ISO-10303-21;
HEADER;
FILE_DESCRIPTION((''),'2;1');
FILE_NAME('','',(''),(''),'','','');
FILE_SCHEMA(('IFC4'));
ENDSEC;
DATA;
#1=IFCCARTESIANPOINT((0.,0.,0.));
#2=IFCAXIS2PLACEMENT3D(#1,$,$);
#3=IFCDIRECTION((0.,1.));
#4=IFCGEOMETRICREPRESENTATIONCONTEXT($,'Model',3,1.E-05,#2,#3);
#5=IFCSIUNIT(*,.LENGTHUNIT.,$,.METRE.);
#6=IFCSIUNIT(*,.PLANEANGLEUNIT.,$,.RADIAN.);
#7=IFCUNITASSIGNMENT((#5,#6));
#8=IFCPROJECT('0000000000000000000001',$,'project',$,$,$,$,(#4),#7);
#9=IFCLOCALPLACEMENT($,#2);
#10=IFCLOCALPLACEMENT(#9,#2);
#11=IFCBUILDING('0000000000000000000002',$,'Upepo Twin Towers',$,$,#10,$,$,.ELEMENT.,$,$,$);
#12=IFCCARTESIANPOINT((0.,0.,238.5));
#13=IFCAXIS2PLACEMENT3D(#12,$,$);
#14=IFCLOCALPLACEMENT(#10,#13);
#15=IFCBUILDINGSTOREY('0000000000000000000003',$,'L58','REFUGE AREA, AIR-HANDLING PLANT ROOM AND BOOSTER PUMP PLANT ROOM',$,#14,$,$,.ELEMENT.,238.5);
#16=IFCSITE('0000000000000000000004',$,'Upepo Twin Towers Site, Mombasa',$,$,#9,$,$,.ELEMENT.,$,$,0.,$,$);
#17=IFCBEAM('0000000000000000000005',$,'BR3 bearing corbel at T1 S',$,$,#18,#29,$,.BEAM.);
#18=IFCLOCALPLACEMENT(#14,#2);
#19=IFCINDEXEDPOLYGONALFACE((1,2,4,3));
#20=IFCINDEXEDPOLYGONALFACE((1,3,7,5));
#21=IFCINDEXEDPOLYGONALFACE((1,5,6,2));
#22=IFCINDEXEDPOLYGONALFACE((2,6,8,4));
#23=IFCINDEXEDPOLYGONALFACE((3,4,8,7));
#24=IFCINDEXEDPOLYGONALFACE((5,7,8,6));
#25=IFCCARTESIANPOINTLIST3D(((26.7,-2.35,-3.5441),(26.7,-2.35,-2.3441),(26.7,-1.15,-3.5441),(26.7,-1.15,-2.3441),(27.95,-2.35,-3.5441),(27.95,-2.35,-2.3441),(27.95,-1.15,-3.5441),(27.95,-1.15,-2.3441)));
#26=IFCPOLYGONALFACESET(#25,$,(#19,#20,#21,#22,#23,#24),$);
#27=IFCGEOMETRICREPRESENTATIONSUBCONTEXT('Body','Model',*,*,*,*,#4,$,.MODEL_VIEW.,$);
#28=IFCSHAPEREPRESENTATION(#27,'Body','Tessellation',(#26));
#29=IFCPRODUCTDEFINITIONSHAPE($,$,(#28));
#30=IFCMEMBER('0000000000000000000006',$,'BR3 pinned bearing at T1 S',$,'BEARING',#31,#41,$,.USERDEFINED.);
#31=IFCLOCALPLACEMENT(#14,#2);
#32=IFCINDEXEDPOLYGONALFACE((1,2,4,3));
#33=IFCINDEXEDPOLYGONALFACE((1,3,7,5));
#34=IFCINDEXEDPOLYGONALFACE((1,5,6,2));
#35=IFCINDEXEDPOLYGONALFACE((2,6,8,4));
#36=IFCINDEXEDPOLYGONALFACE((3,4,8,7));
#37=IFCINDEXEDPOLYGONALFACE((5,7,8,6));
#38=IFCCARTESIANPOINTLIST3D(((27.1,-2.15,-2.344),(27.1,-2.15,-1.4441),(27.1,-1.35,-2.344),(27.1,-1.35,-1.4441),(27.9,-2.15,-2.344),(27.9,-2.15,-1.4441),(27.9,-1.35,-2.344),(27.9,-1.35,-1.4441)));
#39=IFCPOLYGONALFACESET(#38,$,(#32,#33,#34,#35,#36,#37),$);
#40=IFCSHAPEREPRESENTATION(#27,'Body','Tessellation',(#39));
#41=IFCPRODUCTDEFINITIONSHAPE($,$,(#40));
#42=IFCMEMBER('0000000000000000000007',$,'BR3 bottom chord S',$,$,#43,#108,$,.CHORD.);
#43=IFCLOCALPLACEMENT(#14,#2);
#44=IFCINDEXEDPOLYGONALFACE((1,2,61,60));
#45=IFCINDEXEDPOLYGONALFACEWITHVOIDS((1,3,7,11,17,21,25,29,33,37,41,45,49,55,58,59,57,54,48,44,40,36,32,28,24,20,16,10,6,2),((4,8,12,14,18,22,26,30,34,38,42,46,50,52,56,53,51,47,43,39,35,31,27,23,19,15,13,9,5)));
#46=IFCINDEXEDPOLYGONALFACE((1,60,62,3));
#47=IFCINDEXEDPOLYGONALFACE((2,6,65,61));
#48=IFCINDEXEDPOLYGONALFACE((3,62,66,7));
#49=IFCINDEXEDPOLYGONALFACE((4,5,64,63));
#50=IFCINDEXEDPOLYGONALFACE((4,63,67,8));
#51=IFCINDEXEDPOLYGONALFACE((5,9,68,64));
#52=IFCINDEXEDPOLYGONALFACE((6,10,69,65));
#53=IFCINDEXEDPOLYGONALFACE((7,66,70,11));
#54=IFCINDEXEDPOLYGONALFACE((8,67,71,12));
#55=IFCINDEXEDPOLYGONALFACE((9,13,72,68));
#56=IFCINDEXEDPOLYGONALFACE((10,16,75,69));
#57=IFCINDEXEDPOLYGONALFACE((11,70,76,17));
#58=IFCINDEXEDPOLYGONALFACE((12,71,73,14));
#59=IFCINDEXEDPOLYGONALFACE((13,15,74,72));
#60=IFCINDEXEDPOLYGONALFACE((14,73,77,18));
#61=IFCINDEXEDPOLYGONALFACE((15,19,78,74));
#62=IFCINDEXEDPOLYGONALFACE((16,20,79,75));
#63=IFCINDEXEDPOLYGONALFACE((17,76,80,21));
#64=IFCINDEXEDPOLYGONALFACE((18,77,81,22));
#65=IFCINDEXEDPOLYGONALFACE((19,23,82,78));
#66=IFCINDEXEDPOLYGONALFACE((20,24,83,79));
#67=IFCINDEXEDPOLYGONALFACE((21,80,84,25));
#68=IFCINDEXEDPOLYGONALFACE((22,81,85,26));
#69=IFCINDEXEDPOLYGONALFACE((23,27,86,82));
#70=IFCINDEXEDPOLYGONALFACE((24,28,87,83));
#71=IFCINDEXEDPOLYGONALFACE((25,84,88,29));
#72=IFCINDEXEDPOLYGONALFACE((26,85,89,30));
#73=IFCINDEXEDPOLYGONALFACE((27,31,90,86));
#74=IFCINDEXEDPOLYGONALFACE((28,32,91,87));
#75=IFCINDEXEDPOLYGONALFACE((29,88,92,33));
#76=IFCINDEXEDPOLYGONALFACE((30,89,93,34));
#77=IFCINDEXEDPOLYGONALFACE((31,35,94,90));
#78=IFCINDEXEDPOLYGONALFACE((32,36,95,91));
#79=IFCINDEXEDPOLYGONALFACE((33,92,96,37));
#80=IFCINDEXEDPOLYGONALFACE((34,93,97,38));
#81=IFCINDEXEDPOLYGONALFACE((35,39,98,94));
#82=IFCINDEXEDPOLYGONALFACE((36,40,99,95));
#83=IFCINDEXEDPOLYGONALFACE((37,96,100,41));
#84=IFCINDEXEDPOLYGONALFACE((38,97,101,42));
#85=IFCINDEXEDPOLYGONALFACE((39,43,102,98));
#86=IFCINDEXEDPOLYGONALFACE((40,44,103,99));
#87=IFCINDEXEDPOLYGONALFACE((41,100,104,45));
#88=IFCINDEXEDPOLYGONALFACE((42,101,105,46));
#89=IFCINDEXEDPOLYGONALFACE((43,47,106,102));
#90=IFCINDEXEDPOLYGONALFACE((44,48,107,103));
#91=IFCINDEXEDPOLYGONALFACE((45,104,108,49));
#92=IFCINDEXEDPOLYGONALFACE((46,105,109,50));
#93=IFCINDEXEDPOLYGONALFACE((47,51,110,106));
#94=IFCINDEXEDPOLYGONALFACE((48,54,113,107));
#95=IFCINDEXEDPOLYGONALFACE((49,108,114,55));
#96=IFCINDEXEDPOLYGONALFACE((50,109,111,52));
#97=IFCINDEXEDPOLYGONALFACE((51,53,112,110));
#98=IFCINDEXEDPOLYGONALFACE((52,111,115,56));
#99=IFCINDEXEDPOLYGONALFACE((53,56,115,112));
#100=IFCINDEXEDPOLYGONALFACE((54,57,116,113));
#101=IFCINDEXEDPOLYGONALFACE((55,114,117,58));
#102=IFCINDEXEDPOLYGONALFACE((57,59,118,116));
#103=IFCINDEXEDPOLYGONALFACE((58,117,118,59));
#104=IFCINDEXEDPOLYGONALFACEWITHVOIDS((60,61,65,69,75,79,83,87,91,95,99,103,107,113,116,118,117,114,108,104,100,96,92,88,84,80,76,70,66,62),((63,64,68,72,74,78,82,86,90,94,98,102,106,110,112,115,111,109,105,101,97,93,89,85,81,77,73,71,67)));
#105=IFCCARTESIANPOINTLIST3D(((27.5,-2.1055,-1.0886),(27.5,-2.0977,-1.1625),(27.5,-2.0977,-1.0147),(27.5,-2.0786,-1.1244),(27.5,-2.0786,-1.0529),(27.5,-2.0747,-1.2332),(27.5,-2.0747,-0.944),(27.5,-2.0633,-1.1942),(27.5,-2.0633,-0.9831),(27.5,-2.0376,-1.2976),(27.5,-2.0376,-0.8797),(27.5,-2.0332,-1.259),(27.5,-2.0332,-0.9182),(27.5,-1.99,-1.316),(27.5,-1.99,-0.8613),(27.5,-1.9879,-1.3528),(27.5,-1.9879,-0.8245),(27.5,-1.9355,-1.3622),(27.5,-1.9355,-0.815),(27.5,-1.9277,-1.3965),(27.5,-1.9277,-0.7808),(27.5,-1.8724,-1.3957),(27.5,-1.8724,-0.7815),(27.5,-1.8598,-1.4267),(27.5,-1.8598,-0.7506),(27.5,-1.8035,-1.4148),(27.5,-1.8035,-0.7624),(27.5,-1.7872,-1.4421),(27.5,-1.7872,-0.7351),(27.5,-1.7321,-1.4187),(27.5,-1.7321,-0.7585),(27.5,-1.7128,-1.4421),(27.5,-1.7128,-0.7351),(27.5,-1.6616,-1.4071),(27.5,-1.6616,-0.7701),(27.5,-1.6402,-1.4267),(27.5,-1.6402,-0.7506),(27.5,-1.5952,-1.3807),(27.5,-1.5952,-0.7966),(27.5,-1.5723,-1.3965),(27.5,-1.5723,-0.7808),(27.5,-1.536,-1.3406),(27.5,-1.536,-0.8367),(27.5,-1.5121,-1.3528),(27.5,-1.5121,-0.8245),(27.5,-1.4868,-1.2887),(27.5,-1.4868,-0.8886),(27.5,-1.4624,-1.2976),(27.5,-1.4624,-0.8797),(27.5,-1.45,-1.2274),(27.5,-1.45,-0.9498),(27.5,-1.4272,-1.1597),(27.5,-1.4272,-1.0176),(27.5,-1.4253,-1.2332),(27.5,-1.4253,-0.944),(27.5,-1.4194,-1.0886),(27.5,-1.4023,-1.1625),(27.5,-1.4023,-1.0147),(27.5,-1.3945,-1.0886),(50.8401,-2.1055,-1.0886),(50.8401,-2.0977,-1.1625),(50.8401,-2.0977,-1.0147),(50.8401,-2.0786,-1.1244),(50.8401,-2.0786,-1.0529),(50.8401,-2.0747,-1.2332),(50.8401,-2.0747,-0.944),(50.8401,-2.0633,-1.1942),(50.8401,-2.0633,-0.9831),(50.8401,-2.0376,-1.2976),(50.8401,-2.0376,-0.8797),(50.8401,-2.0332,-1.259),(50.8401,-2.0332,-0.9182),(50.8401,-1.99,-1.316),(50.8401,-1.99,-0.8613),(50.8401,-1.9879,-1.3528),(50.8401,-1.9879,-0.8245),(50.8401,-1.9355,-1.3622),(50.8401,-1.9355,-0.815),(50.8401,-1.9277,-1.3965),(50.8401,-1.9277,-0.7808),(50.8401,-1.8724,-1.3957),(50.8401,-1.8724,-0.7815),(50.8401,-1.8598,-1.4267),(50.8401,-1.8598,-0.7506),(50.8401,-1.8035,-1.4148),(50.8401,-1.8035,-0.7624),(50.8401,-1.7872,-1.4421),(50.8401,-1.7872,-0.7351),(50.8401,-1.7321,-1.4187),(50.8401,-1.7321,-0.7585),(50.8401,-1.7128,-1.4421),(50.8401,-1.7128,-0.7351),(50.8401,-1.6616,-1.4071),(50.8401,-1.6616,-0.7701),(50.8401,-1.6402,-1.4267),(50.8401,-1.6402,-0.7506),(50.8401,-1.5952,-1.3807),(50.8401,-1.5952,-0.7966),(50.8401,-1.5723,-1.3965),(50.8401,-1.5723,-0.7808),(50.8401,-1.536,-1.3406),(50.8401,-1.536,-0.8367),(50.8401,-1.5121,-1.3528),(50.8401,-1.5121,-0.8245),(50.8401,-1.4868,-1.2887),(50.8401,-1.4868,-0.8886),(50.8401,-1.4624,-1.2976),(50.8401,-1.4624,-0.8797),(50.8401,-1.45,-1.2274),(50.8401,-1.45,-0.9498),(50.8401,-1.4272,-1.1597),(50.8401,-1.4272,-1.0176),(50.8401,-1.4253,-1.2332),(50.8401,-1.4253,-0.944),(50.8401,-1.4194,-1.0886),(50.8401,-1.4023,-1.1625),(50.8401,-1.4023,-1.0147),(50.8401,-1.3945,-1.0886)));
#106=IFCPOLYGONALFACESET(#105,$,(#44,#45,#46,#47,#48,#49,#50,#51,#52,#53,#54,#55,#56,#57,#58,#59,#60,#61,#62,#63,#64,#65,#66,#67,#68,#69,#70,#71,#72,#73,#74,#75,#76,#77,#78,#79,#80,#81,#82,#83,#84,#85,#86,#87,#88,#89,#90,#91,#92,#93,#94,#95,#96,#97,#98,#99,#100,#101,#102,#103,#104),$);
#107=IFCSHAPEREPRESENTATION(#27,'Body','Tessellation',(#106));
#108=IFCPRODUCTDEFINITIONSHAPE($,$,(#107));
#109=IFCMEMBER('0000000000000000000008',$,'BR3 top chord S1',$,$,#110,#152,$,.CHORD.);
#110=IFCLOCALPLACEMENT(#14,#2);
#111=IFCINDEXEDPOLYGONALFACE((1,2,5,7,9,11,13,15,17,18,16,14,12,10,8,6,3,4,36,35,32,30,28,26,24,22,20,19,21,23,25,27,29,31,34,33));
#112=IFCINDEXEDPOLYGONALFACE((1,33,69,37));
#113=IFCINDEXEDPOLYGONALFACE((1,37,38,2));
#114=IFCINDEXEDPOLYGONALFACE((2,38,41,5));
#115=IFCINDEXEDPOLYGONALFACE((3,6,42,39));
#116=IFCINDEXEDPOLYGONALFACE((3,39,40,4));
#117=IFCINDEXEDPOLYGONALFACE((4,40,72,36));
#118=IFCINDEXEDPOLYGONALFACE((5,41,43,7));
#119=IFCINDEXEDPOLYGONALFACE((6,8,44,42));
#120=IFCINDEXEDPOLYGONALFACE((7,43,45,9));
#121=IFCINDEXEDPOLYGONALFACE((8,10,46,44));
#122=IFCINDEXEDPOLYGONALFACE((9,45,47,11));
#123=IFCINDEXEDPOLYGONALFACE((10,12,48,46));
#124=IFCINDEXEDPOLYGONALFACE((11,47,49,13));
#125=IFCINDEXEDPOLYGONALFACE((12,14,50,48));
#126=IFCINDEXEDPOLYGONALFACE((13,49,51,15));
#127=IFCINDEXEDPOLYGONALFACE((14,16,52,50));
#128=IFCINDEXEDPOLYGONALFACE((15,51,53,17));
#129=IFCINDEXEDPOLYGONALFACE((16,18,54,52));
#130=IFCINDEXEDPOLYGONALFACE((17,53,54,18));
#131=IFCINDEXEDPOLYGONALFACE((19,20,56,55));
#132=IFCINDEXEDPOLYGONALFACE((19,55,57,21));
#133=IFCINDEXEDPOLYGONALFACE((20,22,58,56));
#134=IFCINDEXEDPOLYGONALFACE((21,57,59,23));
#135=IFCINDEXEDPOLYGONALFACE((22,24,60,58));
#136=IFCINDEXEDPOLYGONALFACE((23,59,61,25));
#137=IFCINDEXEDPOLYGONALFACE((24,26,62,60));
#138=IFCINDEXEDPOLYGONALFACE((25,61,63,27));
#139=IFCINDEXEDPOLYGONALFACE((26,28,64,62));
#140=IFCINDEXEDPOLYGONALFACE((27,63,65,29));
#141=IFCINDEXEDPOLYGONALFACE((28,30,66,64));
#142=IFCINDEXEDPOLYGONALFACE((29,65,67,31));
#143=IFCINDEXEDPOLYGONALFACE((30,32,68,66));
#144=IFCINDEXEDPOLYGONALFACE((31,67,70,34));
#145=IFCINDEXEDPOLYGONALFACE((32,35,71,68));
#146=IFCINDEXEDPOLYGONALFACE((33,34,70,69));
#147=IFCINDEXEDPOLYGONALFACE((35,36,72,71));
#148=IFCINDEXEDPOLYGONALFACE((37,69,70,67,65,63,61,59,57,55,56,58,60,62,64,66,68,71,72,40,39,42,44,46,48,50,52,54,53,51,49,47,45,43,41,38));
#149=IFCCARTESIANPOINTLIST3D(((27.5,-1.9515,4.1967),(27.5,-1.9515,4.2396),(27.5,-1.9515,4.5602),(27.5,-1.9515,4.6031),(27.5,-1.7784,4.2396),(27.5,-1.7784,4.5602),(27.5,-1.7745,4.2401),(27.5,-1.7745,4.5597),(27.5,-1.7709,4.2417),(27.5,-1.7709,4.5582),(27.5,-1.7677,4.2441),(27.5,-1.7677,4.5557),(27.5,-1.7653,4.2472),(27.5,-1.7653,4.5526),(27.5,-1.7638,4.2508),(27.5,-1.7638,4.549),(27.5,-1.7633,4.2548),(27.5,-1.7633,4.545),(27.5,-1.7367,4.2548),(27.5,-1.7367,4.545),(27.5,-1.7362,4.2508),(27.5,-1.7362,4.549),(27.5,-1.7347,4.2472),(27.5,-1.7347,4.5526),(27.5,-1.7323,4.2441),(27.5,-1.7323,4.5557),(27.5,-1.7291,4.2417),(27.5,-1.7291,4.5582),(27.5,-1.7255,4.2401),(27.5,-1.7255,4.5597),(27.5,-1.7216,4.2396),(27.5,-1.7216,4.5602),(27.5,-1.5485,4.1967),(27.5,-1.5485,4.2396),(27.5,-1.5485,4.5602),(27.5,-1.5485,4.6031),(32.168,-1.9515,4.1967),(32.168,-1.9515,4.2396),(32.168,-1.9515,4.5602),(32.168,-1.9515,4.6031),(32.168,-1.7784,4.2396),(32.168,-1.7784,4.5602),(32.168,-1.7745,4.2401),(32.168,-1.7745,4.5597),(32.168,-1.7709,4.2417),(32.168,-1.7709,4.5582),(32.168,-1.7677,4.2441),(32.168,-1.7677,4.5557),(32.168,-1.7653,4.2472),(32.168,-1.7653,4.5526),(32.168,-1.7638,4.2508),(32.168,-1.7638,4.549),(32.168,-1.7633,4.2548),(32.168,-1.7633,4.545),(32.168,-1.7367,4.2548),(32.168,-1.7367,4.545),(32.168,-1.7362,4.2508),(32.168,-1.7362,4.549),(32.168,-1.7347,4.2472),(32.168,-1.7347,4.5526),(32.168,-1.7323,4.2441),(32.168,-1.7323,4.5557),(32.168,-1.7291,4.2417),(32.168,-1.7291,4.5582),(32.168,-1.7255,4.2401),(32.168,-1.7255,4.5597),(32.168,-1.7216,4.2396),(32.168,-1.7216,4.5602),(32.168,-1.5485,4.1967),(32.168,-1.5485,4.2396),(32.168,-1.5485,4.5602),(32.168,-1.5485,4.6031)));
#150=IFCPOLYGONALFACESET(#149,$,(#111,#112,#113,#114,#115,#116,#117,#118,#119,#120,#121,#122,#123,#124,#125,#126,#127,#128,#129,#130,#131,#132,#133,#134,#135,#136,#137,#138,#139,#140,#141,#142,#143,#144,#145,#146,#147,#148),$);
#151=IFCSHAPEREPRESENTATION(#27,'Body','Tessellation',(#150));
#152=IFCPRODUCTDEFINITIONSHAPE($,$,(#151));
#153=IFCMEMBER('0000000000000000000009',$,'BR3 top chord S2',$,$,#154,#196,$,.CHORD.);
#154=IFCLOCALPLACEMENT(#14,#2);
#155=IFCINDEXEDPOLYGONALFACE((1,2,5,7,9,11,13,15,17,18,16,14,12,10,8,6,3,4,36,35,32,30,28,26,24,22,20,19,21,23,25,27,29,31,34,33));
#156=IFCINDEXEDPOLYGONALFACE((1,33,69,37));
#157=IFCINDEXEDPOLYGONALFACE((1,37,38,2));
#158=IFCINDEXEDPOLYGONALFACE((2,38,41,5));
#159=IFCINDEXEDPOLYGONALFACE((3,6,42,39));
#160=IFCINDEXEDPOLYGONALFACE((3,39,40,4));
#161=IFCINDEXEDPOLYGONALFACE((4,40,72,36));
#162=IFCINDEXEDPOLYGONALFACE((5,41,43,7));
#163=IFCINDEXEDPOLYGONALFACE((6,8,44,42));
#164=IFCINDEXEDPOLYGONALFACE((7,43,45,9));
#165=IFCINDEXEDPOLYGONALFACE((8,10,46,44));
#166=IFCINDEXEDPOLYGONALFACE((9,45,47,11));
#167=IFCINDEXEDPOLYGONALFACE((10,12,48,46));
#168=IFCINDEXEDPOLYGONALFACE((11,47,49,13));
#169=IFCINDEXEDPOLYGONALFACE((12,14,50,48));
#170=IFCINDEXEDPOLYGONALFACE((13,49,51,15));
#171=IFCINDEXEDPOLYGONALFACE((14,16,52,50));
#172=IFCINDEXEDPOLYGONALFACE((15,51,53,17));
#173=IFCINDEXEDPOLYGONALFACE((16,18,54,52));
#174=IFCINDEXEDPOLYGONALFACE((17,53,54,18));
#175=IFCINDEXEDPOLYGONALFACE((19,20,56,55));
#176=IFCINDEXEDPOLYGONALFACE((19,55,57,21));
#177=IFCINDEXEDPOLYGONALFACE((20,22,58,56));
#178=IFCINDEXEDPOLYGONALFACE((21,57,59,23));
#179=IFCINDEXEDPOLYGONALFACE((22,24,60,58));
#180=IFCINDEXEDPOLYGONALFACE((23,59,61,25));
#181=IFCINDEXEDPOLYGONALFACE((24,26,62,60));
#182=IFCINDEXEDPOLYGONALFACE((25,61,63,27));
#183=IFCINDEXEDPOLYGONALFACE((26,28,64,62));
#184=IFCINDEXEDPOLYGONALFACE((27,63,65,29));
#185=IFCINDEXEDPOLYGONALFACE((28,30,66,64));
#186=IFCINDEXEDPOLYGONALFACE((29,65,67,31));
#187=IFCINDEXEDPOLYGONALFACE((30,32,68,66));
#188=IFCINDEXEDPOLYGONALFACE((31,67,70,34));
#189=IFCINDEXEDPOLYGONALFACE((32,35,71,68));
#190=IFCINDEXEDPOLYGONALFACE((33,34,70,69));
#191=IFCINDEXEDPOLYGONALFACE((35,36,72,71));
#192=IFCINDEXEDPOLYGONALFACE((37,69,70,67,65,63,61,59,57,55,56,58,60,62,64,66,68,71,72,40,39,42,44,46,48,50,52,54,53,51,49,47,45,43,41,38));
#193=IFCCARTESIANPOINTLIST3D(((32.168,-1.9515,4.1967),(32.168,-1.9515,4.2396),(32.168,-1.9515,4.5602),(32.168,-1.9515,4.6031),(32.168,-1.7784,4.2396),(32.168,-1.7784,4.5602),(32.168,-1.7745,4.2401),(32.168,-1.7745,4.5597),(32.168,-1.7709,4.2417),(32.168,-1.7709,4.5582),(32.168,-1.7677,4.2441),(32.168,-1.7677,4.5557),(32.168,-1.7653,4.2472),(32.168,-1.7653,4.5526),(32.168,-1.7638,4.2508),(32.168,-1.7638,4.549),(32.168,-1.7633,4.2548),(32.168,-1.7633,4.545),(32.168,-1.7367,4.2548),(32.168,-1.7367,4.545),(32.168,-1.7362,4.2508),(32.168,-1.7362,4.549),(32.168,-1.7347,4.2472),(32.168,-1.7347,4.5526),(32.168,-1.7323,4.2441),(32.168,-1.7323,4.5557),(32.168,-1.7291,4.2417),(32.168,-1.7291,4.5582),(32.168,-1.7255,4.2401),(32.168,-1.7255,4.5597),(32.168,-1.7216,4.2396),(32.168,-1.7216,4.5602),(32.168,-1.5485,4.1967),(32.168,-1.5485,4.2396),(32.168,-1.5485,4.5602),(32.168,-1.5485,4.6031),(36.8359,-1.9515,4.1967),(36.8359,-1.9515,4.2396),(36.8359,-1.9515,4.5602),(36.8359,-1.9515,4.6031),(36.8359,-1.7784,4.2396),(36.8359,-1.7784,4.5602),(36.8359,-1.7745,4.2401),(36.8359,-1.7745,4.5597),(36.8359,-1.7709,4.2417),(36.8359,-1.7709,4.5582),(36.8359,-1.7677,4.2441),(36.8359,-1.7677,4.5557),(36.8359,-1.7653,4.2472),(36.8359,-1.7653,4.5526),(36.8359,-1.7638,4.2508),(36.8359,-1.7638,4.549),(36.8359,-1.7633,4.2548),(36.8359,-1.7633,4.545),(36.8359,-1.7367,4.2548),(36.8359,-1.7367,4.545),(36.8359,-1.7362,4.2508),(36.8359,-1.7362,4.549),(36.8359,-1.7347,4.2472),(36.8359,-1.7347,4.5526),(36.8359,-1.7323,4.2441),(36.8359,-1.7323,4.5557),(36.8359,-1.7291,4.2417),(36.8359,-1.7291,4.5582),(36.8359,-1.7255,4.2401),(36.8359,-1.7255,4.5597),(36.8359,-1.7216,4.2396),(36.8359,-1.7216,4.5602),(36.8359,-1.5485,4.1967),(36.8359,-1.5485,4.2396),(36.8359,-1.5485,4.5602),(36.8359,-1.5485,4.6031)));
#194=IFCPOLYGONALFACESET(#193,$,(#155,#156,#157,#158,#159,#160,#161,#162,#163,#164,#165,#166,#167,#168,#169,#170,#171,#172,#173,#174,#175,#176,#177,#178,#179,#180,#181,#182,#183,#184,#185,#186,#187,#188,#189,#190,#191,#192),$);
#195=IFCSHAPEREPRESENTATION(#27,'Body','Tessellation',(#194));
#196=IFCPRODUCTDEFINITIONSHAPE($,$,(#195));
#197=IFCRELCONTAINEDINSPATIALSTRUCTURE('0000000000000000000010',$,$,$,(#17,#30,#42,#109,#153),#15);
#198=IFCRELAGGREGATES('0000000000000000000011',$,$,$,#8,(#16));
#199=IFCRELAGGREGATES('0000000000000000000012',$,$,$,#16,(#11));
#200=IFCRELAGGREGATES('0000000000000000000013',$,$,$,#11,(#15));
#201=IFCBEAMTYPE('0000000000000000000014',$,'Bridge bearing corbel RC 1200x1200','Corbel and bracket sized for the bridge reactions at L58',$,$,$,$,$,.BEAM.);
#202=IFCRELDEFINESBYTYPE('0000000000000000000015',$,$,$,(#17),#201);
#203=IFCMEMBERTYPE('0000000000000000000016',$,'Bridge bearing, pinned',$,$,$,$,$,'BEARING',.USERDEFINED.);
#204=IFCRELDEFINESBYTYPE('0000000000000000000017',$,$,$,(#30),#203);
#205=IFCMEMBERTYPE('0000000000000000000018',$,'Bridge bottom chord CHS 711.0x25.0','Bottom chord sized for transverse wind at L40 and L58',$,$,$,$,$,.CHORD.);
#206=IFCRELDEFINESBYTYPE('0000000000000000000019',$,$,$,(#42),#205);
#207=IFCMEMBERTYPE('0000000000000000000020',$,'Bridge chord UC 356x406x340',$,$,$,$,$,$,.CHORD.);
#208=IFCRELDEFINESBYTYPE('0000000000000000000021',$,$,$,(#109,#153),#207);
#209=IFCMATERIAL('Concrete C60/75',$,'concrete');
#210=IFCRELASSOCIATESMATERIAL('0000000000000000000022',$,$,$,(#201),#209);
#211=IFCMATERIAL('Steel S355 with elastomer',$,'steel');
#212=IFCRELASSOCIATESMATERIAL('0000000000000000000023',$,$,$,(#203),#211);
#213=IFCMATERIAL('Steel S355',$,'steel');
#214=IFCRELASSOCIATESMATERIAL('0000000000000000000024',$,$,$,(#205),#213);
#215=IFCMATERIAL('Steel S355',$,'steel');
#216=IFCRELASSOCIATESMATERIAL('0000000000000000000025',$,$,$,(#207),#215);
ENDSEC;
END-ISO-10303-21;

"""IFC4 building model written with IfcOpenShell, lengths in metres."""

from ifc_helpers import new_model, si_unit, direction, frame, origin, origin_2d, place, context, subcontext, project, spatial, rectangle, hollow_circle, i_section, extrude, material, material_profile, profile_set, type_object, element, save


model = new_model("IFC4")

# Units and contexts
model_context = context("Model", 3, precision=1e-05, world=origin(), true_north=direction((0.0, 1.0)))
body_context = subcontext(model_context, "Body", "Model", "MODEL_VIEW")
ifc_project = project(units=[si_unit("LENGTHUNIT", "METRE"), si_unit("PLANEANGLEUNIT", "RADIAN")], contexts=[model_context])

# Site, building, storey
site_placement = place(None, origin())
site = spatial("IfcSite", under=ifc_project, at=site_placement, Name="Upepo Twin Towers Site, Mombasa", CompositionType="ELEMENT", RefElevation=0.0)
building_placement = place(site_placement, origin())
building = spatial("IfcBuilding", under=site, at=building_placement, Name="Upepo Twin Towers", CompositionType="ELEMENT")
storey_placement = place(building_placement, frame((0.0, 0.0, 238.5)))
storey = spatial("IfcBuildingStorey", under=building, at=storey_placement, Name="L58", Description="REFUGE AREA, AIR-HANDLING PLANT ROOM AND BOOSTER PUMP PLANT ROOM", CompositionType="ELEMENT", Elevation=238.5)

# Beam
ifc_material_1 = material(Name="Concrete C60/75", Category="concrete")
ifc_material_profile_1 = material_profile(ifc_material_1, rectangle(XDim=1.2, YDim=1.2, at=origin_2d()), Name="RC 1200x1200")
ifc_profile_set_1 = profile_set([ifc_material_profile_1], Name="Concrete C60/75")
beam_type_1 = type_object("IfcBeamType", Name="Bridge bearing corbel RC 1200x1200", Description="Corbel and bracket sized for the bridge reactions at L58", PredefinedType="BEAM", material=ifc_profile_set_1)
beam_placement = place(storey_placement, frame((26.7, -1.75, -2.9441), z_axis=(1.0, 0.0, 0.0), x_axis=(0.0, 1.0, 0.0)))
element("IfcBeam", 1, at=beam_placement, inside=storey, type_object=beam_type_1, Name="BR3 bearing corbel at T1 S", PredefinedType="BEAM", context=body_context, shape_type="SweptSolid", body=[
    extrude(rectangle(XDim=1.2, YDim=1.2, at=origin_2d()), origin(), (0.0, 0.0, 1.0), 1.25),
])

# Members
ifc_material_2 = material(Name="Steel S355 with elastomer", Category="steel")
ifc_material_profile_2 = material_profile(ifc_material_2, rectangle(XDim=0.8, YDim=0.8, at=origin_2d()), Name="BEARING 800x800 PINNED")
ifc_profile_set_2 = profile_set([ifc_material_profile_2], Name="Steel S355 with elastomer")
member_type_1 = type_object("IfcMemberType", Name="Bridge bearing, pinned", ElementType="BEARING", PredefinedType="USERDEFINED", material=ifc_profile_set_2)
member_1_placement = place(storey_placement, frame((27.5, -1.75, -2.344), z_axis=(0.0, 0.0, 1.0), x_axis=(1.0, 0.0, 0.0)))
element("IfcMember", 2, at=member_1_placement, inside=storey, type_object=member_type_1, Name="BR3 pinned bearing at T1 S", ObjectType="BEARING", PredefinedType="USERDEFINED", context=body_context, shape_type="SweptSolid", body=[
    extrude(rectangle(XDim=0.8, YDim=0.8, at=origin_2d()), origin(), (0.0, 0.0, 1.0), 0.8999),
])
ifc_material_3 = material(Name="Steel S355", Category="steel")
ifc_material_profile_3 = material_profile(ifc_material_3, hollow_circle(Radius=0.3555, WallThickness=0.0249, at=origin_2d()), Name="CHS 711.0x25.0")
ifc_profile_set_3 = profile_set([ifc_material_profile_3], Name="Steel S355")
member_type_2 = type_object("IfcMemberType", Name="Bridge bottom chord CHS 711.0x25.0", Description="Bottom chord sized for transverse wind at L40 and L58", PredefinedType="CHORD", material=ifc_profile_set_3)
member_2_placement = place(storey_placement, frame((27.5, -1.75, -1.0886), z_axis=(1.0, 0.0, 0.0), x_axis=(0.0, 1.0, 0.0)))
element("IfcMember", 3, at=member_2_placement, inside=storey, type_object=member_type_2, Name="BR3 bottom chord S", PredefinedType="CHORD", context=body_context, shape_type="SweptSolid", body=[
    extrude(hollow_circle(Radius=0.3555, WallThickness=0.0249, at=origin_2d()), origin(), (0.0, 0.0, 1.0), 23.3401),
])
ifc_material_4 = material(Name="Steel S355", Category="steel")
ifc_material_profile_4 = material_profile(ifc_material_4, i_section(OverallWidth=0.4031, OverallDepth=0.4065, WebThickness=0.0266, FlangeThickness=0.043, FilletRadius=0.0151, at=origin_2d()), Name="UC 356x406x340")
ifc_profile_set_4 = profile_set([ifc_material_profile_4], Name="Steel S355")
member_type_3 = type_object("IfcMemberType", Name="Bridge chord UC 356x406x340", PredefinedType="CHORD", material=ifc_profile_set_4)
for number, where, z_axis, x_axis, name in (
    (4, (27.5, -1.75, 4.3999), (1.0, 0.0, 0.0), (0.0, 1.0, 0.0), "BR3 top chord S1"),
    (5, (32.168, -1.75, 4.3999), (1.0, 0.0, 0.0), (0.0, 1.0, 0.0), "BR3 top chord S2"),
):
    element("IfcMember", number, at=place(storey_placement, frame(where, z_axis=z_axis, x_axis=x_axis)), inside=storey, type_object=member_type_3, Name=name, PredefinedType="CHORD", context=body_context, shape_type="SweptSolid", body=[
        extrude(i_section(OverallWidth=0.4031, OverallDepth=0.4065, WebThickness=0.0266, FlangeThickness=0.043, FilletRadius=0.0151, at=origin_2d()), origin(), (0.0, 0.0, 1.0), 4.668),
    ])

save(model, "model.ifc")
